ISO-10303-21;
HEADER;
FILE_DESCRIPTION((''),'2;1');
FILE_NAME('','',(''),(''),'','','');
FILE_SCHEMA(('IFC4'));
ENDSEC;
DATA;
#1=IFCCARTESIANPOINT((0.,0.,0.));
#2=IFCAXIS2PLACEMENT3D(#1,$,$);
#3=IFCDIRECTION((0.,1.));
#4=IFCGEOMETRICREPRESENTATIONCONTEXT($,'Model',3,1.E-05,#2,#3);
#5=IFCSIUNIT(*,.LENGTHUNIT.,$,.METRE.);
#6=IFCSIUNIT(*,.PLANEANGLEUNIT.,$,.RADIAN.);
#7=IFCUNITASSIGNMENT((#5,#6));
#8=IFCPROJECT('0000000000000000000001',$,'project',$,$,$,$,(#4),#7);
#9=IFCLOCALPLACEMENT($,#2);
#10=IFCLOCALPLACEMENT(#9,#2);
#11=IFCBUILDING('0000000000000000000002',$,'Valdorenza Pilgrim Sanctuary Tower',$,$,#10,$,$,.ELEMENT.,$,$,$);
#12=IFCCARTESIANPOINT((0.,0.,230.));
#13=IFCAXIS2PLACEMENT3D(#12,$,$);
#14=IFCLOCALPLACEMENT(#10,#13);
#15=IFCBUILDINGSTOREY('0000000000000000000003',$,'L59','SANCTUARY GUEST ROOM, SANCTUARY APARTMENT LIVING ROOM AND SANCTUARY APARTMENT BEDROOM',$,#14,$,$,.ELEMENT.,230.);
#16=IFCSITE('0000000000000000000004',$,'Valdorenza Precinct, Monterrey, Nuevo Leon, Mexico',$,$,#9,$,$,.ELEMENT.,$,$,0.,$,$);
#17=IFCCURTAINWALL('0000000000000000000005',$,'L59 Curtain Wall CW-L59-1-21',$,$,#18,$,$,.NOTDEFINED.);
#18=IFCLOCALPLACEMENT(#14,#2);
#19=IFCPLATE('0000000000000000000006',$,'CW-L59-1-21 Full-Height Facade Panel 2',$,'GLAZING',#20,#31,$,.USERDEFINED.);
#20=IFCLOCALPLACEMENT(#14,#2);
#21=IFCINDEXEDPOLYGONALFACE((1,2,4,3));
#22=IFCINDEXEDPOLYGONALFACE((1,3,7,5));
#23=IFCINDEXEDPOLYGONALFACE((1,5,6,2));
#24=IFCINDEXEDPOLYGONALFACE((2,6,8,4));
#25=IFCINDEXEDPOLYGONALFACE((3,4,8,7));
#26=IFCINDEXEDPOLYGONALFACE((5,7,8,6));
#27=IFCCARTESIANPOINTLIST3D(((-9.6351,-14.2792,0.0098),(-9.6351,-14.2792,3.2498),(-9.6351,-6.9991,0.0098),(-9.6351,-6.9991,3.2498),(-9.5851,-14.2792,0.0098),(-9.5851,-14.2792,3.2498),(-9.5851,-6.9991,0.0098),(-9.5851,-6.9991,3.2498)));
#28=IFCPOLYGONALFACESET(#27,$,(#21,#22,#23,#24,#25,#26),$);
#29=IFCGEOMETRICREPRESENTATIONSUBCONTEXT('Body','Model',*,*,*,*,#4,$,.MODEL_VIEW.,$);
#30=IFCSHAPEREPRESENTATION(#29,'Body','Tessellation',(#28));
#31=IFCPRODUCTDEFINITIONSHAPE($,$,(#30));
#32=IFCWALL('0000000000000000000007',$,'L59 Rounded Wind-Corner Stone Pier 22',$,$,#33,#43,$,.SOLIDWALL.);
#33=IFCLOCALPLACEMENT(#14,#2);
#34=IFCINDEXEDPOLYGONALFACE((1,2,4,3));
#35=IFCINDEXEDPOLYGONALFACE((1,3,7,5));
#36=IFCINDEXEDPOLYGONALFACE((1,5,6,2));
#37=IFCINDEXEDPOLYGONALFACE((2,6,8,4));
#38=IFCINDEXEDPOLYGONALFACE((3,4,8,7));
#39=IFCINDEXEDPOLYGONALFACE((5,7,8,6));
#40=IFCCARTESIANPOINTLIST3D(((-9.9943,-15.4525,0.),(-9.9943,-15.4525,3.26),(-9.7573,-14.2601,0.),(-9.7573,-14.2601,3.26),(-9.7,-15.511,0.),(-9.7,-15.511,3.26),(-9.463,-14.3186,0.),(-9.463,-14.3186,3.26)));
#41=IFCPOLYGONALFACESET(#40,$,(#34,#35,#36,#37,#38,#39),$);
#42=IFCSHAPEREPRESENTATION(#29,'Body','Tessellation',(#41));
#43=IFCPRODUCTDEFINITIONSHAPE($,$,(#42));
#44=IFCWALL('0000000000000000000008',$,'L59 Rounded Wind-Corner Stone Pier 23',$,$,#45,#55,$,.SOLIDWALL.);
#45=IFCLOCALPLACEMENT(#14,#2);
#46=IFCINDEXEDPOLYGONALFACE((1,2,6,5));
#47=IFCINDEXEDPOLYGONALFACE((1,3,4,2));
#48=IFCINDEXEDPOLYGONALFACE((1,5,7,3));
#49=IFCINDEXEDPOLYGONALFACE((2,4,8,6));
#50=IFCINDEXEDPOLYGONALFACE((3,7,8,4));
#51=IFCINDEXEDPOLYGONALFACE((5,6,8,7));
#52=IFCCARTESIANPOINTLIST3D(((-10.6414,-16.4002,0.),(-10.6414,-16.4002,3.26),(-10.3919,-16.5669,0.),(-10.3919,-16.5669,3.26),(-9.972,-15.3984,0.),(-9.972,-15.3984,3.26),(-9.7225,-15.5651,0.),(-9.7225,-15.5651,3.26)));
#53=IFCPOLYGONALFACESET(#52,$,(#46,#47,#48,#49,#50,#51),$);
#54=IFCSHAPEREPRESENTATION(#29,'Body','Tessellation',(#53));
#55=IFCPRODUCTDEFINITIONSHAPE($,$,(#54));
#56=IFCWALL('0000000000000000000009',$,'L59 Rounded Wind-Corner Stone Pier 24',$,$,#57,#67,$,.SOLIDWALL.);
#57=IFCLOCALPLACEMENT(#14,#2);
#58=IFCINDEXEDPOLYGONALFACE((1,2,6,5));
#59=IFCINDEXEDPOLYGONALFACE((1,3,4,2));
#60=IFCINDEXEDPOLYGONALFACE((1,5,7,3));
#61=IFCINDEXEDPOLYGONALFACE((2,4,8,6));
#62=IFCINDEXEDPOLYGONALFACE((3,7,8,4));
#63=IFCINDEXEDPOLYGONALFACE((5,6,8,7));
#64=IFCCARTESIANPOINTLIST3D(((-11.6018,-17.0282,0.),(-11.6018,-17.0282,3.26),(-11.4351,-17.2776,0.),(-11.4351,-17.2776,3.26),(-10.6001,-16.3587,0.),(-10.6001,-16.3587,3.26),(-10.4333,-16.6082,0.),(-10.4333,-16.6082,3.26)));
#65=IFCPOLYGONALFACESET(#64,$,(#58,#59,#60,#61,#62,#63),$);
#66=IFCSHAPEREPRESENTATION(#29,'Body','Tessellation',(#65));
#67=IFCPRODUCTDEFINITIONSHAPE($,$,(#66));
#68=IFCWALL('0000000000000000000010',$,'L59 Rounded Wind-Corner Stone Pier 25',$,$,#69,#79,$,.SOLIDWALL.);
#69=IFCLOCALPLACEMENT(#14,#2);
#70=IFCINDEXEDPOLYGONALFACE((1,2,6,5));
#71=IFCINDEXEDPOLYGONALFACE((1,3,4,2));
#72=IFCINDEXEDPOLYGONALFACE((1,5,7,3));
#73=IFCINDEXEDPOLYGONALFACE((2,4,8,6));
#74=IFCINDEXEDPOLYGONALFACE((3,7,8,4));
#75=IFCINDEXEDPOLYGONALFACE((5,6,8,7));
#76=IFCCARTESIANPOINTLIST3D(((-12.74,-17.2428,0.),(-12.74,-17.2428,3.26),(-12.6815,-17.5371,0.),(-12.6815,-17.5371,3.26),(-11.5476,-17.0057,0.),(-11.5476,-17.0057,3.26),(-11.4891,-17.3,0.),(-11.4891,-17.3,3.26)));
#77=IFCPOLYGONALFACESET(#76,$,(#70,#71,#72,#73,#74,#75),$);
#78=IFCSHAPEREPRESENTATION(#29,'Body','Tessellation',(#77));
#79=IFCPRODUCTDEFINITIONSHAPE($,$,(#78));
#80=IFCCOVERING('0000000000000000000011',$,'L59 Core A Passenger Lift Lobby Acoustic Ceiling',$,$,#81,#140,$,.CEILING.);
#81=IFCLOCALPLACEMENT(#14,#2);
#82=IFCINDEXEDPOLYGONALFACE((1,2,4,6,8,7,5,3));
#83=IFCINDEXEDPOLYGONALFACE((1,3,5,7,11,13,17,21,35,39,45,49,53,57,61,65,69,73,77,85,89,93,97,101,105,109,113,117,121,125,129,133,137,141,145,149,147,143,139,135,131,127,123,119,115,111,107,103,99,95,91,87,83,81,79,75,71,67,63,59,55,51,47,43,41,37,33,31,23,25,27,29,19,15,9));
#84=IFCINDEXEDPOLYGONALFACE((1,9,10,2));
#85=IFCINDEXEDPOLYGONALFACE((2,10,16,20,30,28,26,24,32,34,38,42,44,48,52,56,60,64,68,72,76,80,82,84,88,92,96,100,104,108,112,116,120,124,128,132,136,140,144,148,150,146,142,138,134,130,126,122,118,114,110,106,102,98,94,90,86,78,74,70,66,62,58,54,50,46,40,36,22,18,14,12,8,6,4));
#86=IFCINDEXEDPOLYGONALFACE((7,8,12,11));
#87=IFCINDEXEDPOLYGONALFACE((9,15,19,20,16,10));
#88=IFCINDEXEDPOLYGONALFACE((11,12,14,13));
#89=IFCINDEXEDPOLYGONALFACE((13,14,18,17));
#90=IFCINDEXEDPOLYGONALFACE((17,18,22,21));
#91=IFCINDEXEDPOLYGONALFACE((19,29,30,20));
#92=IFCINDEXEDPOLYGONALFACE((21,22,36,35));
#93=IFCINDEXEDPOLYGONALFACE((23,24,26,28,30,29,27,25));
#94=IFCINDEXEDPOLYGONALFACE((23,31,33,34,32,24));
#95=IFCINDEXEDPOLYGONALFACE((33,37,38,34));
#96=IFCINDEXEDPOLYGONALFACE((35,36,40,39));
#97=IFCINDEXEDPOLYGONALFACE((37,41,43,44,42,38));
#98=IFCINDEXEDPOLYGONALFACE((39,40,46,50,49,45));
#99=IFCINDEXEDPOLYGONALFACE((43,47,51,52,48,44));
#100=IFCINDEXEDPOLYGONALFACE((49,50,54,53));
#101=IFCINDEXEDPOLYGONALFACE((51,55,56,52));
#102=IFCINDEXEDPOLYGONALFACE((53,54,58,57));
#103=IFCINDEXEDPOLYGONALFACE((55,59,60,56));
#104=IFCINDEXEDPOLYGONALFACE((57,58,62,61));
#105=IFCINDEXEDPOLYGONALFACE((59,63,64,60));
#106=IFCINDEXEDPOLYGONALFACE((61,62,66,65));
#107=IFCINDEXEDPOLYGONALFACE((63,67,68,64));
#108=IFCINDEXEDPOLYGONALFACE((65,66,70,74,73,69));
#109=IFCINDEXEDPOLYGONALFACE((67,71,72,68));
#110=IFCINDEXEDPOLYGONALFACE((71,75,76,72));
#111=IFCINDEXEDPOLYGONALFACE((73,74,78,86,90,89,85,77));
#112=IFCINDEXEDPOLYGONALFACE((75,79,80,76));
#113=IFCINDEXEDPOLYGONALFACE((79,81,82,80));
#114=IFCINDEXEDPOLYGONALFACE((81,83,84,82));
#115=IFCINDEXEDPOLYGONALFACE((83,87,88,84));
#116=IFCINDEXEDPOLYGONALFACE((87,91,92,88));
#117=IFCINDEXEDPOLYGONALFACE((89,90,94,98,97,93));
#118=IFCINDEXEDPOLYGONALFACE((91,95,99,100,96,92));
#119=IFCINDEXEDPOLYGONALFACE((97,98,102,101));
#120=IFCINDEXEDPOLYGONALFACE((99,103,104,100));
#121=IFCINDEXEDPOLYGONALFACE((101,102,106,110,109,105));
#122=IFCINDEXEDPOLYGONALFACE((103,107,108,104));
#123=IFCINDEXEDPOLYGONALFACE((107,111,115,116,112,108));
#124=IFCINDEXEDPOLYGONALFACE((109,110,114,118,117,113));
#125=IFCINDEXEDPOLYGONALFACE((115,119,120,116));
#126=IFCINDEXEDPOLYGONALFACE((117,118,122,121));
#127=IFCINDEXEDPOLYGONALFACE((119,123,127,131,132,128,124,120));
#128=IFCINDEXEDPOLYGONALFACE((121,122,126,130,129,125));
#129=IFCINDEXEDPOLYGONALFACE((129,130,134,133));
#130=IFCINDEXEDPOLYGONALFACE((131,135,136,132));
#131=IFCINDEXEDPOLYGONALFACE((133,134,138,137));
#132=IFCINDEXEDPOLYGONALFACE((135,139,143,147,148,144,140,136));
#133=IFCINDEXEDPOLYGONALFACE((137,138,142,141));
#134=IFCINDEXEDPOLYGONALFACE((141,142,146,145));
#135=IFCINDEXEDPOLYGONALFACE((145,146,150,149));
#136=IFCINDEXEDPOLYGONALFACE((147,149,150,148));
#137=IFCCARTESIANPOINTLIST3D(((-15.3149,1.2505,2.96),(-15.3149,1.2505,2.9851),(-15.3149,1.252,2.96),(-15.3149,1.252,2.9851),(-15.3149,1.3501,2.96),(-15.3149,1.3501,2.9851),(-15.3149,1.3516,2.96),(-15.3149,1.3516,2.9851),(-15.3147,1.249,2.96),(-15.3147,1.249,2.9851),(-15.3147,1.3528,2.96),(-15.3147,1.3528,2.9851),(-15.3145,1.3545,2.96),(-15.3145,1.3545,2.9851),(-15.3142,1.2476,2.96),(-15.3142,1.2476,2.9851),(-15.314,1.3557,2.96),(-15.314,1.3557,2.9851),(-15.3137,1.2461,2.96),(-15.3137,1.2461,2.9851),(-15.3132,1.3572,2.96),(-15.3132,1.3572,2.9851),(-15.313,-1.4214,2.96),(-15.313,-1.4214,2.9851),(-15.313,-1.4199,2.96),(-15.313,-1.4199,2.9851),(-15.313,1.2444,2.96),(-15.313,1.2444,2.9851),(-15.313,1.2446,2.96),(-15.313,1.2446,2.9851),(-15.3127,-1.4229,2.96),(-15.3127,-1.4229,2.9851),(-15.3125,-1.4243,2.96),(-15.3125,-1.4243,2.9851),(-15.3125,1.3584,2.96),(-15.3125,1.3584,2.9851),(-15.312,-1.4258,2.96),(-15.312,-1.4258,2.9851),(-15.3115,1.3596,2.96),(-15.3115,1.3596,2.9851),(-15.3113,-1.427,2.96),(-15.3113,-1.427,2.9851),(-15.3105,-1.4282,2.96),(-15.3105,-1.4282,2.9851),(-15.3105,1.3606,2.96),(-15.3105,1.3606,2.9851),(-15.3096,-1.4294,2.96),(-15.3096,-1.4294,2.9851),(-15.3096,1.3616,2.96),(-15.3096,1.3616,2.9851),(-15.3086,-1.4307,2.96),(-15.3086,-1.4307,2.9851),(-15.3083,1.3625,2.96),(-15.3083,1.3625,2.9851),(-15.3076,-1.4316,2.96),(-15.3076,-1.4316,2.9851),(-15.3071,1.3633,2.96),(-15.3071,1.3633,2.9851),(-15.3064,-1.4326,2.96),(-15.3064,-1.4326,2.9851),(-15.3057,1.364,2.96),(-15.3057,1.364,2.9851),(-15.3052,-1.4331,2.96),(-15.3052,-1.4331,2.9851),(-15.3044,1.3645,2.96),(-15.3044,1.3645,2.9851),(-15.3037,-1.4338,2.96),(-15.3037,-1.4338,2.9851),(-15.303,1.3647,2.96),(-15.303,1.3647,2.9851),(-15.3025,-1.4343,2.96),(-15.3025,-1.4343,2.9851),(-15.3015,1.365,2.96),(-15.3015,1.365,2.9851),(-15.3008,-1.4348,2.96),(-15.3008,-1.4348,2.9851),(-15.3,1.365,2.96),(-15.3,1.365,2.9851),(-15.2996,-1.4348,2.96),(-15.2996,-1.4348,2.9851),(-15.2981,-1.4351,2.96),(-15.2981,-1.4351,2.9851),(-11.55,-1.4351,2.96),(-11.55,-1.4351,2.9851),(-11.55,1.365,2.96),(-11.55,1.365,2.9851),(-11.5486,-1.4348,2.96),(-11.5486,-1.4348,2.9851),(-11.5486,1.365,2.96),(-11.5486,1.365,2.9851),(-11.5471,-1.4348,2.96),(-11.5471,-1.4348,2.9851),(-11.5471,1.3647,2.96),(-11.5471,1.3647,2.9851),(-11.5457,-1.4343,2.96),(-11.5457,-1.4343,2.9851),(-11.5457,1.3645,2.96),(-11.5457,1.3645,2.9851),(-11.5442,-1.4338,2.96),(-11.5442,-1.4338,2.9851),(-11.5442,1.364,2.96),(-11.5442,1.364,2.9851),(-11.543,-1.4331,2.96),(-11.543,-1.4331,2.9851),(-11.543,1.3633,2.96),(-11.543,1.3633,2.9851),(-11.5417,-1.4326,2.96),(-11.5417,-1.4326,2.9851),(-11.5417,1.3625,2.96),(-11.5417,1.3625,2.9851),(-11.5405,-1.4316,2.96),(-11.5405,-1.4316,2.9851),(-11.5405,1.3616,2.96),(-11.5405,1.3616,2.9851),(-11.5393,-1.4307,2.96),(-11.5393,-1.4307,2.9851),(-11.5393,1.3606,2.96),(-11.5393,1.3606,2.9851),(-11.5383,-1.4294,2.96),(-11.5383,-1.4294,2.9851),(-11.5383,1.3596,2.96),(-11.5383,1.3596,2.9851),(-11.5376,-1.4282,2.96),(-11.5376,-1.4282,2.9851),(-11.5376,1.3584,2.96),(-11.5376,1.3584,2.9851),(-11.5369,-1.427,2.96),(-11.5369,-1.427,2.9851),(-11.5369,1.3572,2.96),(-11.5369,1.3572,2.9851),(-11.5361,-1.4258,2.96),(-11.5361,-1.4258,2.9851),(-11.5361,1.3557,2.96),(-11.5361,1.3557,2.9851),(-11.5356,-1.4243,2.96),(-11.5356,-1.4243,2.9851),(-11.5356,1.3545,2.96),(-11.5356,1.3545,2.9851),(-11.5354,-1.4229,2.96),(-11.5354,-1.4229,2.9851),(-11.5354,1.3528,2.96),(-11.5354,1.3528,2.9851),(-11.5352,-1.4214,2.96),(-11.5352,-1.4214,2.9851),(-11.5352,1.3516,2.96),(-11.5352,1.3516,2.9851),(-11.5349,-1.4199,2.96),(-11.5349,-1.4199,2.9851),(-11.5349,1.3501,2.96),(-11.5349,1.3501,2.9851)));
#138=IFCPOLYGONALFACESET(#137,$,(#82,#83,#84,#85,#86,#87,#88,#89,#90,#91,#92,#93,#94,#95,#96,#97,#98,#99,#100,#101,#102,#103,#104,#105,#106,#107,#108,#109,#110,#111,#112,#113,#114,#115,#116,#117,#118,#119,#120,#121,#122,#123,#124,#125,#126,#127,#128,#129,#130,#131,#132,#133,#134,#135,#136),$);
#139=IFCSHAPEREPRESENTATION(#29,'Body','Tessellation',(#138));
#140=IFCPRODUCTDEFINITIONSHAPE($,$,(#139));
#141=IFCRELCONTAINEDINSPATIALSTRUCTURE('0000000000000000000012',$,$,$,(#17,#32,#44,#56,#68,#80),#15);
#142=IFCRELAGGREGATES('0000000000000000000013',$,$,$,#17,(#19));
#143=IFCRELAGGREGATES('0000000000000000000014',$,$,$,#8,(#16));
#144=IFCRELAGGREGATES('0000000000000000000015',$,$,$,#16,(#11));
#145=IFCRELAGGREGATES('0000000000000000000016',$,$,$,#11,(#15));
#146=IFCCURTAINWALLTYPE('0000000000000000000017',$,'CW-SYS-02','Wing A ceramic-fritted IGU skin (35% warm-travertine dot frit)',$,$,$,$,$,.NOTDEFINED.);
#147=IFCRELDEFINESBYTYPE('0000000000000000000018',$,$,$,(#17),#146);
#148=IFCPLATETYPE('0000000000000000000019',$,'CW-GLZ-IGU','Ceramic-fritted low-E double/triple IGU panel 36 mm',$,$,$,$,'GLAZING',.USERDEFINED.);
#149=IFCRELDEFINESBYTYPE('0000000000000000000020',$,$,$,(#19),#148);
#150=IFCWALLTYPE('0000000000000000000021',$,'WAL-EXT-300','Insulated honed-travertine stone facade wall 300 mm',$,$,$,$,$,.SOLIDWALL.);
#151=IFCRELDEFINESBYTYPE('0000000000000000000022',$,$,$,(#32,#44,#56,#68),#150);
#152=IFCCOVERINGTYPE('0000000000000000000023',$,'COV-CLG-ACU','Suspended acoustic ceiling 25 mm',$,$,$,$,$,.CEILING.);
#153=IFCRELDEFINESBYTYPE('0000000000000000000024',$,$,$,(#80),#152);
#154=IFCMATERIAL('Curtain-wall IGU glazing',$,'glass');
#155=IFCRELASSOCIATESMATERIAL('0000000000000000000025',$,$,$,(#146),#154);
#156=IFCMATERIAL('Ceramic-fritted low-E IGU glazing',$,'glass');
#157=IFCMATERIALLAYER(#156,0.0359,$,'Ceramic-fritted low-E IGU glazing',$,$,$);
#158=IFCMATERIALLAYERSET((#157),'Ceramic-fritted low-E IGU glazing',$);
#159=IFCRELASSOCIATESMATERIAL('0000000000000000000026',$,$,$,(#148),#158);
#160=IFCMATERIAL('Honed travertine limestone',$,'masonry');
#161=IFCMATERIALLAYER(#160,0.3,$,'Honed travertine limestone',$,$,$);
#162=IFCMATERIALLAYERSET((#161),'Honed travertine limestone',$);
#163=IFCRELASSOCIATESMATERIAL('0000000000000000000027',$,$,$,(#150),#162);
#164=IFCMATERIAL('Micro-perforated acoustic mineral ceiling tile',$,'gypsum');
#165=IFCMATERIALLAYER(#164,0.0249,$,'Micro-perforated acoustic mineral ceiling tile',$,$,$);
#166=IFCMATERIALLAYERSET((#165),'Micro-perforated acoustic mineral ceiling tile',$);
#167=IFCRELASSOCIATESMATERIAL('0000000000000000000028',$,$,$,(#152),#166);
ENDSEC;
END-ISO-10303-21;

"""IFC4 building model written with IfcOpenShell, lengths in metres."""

from ifc_helpers import new_model, si_unit, direction, frame, frame_2d, origin, origin_2d, place, context, subcontext, project, spatial, polyline, rectangle, outline, extrude, source, transform, mapped, material, layer, layer_set, type_object, element, aggregate, save


model = new_model("IFC4")

# Units and contexts
model_context = context("Model", 3, precision=1e-05, world=origin(), true_north=direction((0.0, 1.0)))
body_context = subcontext(model_context, "Body", "Model", "MODEL_VIEW")
ifc_project = project(units=[si_unit("LENGTHUNIT", "METRE"), si_unit("PLANEANGLEUNIT", "RADIAN")], contexts=[model_context])

# Site, building, storey
site_placement = place(None, origin())
site = spatial("IfcSite", under=ifc_project, at=site_placement, Name="Valdorenza Precinct, Monterrey, Nuevo Leon, Mexico", CompositionType="ELEMENT", RefElevation=0.0)
building_placement = place(site_placement, origin())
building = spatial("IfcBuilding", under=site, at=building_placement, Name="Valdorenza Pilgrim Sanctuary Tower", CompositionType="ELEMENT")
storey_placement = place(building_placement, frame((0.0, 0.0, 230.0)))
storey = spatial("IfcBuildingStorey", under=building, at=storey_placement, Name="L59", Description="SANCTUARY GUEST ROOM, SANCTUARY APARTMENT LIVING ROOM AND SANCTUARY APARTMENT BEDROOM", CompositionType="ELEMENT", Elevation=230.0)

# Shared definitions
ifc_material_1 = material(Name="Curtain-wall IGU glazing", Category="glass")
curtain_wall_type = type_object("IfcCurtainWallType", Name="CW-SYS-02", Description="Wing A ceramic-fritted IGU skin (35% warm-travertine dot frit)", PredefinedType="NOTDEFINED", material=ifc_material_1)

# Curtain wall
curtain_wall_1_placement = place(storey_placement, origin())
curtain_wall_1 = element("IfcCurtainWall", 1, at=curtain_wall_1_placement, inside=storey, type_object=curtain_wall_type, Name="L59 Curtain Wall CW-L59-1-21", PredefinedType="NOTDEFINED")

# Plate
ifc_material_2 = material(Name="Honed travertine limestone", Category="masonry")
ifc_material_3 = material(Name="Ceramic-fritted low-E IGU glazing", Category="glass")
ifc_layer_1 = layer(ifc_material_3, 0.0359, Name="Ceramic-fritted low-E IGU glazing")
ifc_layer_set_1 = layer_set([ifc_layer_1], Name="Ceramic-fritted low-E IGU glazing")
plate_type_1 = type_object("IfcPlateType", Name="CW-GLZ-IGU", Description="Ceramic-fritted low-E double/triple IGU panel 36 mm", ElementType="GLAZING", PredefinedType="USERDEFINED", material=ifc_layer_set_1)
shared_shape_1 = source(origin(), body_context, "Body", "SweptSolid", [
    extrude(rectangle(XDim=7.28, YDim=0.05, at=origin_2d()), origin(), (0.0, 0.0, 1.0), 3.24),
])
plate_1_placement = place(storey_placement, frame((-9.6101, -10.6392, 0.0098), z_axis=(0.0, 0.0, 1.0), x_axis=(0.0, -1.0, 0.0)))
plate_1 = element("IfcPlate", 2, at=plate_1_placement, type_object=plate_type_1, Name="CW-L59-1-21 Full-Height Facade Panel 2", ObjectType="GLAZING", PredefinedType="USERDEFINED", context=body_context, shape_type="MappedRepresentation", body=[
    mapped(shared_shape_1, transform((0.0, 0.0, 0.0), x_axis=(1.0, 0.0, 0.0), y_axis=(0.0, 1.0, 0.0), z_axis=(0.0, 0.0, 1.0), scale=1.0)),
])
aggregate(curtain_wall_1, [plate_1])

# Walls
ifc_layer_2 = layer(ifc_material_2, 0.3, Name="Honed travertine limestone")
ifc_layer_set_2 = layer_set([ifc_layer_2], Name="Honed travertine limestone")
wall_type = type_object("IfcWallType", Name="WAL-EXT-300", Description="Insulated honed-travertine stone facade wall 300 mm", PredefinedType="SOLIDWALL", material=ifc_layer_set_2)
wall_1_placement = place(storey_placement, frame((-9.6101, -14.2893, 0.0), z_axis=(0.0, 0.0, 1.0), x_axis=(-0.194996, -0.980804, 0.0)))
element("IfcWall", 3, at=wall_1_placement, inside=storey, type_object=wall_type, Name="L59 Rounded Wind-Corner Stone Pier 22", PredefinedType="SOLIDWALL", context=body_context, shape_type="SweptSolid", body=[
    extrude(rectangle(XDim=1.2158, YDim=0.3, at=frame_2d((0.6079, 0.0))), origin(), (0.0, 0.0, 1.0), 3.26),
])
for number, where, z_axis, x_axis, name in (
    (4, (-9.8472, -15.4817, 0.0), (0.0, 0.0, 1.0), (-0.555635, -0.831426, 0.0), "L59 Rounded Wind-Corner Stone Pier 23"),
    (5, (-10.5166, -16.4834, 0.0), (0.0, 0.0, 1.0), (-0.831426, -0.555635, 0.0), "L59 Rounded Wind-Corner Stone Pier 24"),
):
    element("IfcWall", number, at=place(storey_placement, frame(where, z_axis=z_axis, x_axis=x_axis)), inside=storey, type_object=wall_type, Name=name, PredefinedType="SOLIDWALL", context=body_context, shape_type="SweptSolid", body=[
        extrude(rectangle(XDim=1.2048, YDim=0.3, at=frame_2d((0.6025, 0.0))), origin(), (0.0, 0.0, 1.0), 3.26),
    ])
wall_2_placement = place(storey_placement, frame((-11.5183, -17.1528, 0.0), z_axis=(0.0, 0.0, 1.0), x_axis=(-0.980804, -0.194996, 0.0)))
element("IfcWall", 6, at=wall_2_placement, inside=storey, type_object=wall_type, Name="L59 Rounded Wind-Corner Stone Pier 25", PredefinedType="SOLIDWALL", context=body_context, shape_type="SweptSolid", body=[
    extrude(rectangle(XDim=1.2158, YDim=0.3, at=frame_2d((0.6079, 0.0))), origin(), (0.0, 0.0, 1.0), 3.26),
])

# Covering
ifc_material_4 = material(Name="Micro-perforated acoustic mineral ceiling tile", Category="gypsum")
ifc_layer_3 = layer(ifc_material_4, 0.0249, Name="Micro-perforated acoustic mineral ceiling tile")
ifc_layer_set_3 = layer_set([ifc_layer_3], Name="Micro-perforated acoustic mineral ceiling tile")
covering_type_1 = type_object("IfcCoveringType", Name="COV-CLG-ACU", Description="Suspended acoustic ceiling 25 mm", PredefinedType="CEILING", material=ifc_layer_set_3)
covering_1_placement = place(storey_placement, frame((0.0, 0.0, 2.96)))
element("IfcCovering", 7, at=covering_1_placement, inside=storey, type_object=covering_type_1, Name="L59 Core A Passenger Lift Lobby Acoustic Ceiling", PredefinedType="CEILING", context=body_context, shape_type="SweptSolid", body=[
    extrude(outline(polyline([(-15.3149, 1.3501), (-15.3149, 1.3516), (-15.3147, 1.3528), (-15.3145, 1.3545), (-15.314, 1.3557), (-15.3132, 1.3572), (-15.3125, 1.3584), (-15.3115, 1.3596), (-15.3105, 1.3606), (-15.3096, 1.3616), (-15.3083, 1.3625), (-15.3071, 1.3633), (-15.3057, 1.364), (-15.3044, 1.3645), (-15.303, 1.3647), (-15.3015, 1.365), (-15.3, 1.365), (-11.55, 1.365), (-11.5486, 1.365), (-11.5471, 1.3647), (-11.5457, 1.3645), (-11.5442, 1.364), (-11.543, 1.3633), (-11.5417, 1.3625), (-11.5405, 1.3616), (-11.5393, 1.3606), (-11.5383, 1.3596), (-11.5376, 1.3584), (-11.5369, 1.3572), (-11.5361, 1.3557), (-11.5356, 1.3545), (-11.5354, 1.3528), (-11.5352, 1.3516), (-11.5349, 1.3501), (-11.5349, -1.4199), (-11.5352, -1.4214), (-11.5354, -1.4229), (-11.5356, -1.4243), (-11.5361, -1.4258), (-11.5369, -1.427), (-11.5376, -1.4282), (-11.5383, -1.4294), (-11.5393, -1.4307), (-11.5405, -1.4316), (-11.5417, -1.4326), (-11.543, -1.4331), (-11.5442, -1.4338), (-11.5457, -1.4343), (-11.5471, -1.4348), (-11.5486, -1.4348), (-11.55, -1.4351), (-15.2981, -1.4351), (-15.2996, -1.4348), (-15.3008, -1.4348), (-15.3025, -1.4343), (-15.3037, -1.4338), (-15.3052, -1.4331), (-15.3064, -1.4326), (-15.3076, -1.4316), (-15.3086, -1.4307), (-15.3096, -1.4294), (-15.3105, -1.4282), (-15.3113, -1.427), (-15.312, -1.4258), (-15.3125, -1.4243), (-15.3127, -1.4229), (-15.313, -1.4214), (-15.313, -1.4199), (-15.313, 1.2444), (-15.313, 1.2446), (-15.3137, 1.2461), (-15.3142, 1.2476), (-15.3147, 1.249), (-15.3149, 1.2505), (-15.3149, 1.252), (-15.3149, 1.3501)])), origin(), (0.0, 0.0, 1.0), 0.0251),
])

save(model, "model.ifc")
